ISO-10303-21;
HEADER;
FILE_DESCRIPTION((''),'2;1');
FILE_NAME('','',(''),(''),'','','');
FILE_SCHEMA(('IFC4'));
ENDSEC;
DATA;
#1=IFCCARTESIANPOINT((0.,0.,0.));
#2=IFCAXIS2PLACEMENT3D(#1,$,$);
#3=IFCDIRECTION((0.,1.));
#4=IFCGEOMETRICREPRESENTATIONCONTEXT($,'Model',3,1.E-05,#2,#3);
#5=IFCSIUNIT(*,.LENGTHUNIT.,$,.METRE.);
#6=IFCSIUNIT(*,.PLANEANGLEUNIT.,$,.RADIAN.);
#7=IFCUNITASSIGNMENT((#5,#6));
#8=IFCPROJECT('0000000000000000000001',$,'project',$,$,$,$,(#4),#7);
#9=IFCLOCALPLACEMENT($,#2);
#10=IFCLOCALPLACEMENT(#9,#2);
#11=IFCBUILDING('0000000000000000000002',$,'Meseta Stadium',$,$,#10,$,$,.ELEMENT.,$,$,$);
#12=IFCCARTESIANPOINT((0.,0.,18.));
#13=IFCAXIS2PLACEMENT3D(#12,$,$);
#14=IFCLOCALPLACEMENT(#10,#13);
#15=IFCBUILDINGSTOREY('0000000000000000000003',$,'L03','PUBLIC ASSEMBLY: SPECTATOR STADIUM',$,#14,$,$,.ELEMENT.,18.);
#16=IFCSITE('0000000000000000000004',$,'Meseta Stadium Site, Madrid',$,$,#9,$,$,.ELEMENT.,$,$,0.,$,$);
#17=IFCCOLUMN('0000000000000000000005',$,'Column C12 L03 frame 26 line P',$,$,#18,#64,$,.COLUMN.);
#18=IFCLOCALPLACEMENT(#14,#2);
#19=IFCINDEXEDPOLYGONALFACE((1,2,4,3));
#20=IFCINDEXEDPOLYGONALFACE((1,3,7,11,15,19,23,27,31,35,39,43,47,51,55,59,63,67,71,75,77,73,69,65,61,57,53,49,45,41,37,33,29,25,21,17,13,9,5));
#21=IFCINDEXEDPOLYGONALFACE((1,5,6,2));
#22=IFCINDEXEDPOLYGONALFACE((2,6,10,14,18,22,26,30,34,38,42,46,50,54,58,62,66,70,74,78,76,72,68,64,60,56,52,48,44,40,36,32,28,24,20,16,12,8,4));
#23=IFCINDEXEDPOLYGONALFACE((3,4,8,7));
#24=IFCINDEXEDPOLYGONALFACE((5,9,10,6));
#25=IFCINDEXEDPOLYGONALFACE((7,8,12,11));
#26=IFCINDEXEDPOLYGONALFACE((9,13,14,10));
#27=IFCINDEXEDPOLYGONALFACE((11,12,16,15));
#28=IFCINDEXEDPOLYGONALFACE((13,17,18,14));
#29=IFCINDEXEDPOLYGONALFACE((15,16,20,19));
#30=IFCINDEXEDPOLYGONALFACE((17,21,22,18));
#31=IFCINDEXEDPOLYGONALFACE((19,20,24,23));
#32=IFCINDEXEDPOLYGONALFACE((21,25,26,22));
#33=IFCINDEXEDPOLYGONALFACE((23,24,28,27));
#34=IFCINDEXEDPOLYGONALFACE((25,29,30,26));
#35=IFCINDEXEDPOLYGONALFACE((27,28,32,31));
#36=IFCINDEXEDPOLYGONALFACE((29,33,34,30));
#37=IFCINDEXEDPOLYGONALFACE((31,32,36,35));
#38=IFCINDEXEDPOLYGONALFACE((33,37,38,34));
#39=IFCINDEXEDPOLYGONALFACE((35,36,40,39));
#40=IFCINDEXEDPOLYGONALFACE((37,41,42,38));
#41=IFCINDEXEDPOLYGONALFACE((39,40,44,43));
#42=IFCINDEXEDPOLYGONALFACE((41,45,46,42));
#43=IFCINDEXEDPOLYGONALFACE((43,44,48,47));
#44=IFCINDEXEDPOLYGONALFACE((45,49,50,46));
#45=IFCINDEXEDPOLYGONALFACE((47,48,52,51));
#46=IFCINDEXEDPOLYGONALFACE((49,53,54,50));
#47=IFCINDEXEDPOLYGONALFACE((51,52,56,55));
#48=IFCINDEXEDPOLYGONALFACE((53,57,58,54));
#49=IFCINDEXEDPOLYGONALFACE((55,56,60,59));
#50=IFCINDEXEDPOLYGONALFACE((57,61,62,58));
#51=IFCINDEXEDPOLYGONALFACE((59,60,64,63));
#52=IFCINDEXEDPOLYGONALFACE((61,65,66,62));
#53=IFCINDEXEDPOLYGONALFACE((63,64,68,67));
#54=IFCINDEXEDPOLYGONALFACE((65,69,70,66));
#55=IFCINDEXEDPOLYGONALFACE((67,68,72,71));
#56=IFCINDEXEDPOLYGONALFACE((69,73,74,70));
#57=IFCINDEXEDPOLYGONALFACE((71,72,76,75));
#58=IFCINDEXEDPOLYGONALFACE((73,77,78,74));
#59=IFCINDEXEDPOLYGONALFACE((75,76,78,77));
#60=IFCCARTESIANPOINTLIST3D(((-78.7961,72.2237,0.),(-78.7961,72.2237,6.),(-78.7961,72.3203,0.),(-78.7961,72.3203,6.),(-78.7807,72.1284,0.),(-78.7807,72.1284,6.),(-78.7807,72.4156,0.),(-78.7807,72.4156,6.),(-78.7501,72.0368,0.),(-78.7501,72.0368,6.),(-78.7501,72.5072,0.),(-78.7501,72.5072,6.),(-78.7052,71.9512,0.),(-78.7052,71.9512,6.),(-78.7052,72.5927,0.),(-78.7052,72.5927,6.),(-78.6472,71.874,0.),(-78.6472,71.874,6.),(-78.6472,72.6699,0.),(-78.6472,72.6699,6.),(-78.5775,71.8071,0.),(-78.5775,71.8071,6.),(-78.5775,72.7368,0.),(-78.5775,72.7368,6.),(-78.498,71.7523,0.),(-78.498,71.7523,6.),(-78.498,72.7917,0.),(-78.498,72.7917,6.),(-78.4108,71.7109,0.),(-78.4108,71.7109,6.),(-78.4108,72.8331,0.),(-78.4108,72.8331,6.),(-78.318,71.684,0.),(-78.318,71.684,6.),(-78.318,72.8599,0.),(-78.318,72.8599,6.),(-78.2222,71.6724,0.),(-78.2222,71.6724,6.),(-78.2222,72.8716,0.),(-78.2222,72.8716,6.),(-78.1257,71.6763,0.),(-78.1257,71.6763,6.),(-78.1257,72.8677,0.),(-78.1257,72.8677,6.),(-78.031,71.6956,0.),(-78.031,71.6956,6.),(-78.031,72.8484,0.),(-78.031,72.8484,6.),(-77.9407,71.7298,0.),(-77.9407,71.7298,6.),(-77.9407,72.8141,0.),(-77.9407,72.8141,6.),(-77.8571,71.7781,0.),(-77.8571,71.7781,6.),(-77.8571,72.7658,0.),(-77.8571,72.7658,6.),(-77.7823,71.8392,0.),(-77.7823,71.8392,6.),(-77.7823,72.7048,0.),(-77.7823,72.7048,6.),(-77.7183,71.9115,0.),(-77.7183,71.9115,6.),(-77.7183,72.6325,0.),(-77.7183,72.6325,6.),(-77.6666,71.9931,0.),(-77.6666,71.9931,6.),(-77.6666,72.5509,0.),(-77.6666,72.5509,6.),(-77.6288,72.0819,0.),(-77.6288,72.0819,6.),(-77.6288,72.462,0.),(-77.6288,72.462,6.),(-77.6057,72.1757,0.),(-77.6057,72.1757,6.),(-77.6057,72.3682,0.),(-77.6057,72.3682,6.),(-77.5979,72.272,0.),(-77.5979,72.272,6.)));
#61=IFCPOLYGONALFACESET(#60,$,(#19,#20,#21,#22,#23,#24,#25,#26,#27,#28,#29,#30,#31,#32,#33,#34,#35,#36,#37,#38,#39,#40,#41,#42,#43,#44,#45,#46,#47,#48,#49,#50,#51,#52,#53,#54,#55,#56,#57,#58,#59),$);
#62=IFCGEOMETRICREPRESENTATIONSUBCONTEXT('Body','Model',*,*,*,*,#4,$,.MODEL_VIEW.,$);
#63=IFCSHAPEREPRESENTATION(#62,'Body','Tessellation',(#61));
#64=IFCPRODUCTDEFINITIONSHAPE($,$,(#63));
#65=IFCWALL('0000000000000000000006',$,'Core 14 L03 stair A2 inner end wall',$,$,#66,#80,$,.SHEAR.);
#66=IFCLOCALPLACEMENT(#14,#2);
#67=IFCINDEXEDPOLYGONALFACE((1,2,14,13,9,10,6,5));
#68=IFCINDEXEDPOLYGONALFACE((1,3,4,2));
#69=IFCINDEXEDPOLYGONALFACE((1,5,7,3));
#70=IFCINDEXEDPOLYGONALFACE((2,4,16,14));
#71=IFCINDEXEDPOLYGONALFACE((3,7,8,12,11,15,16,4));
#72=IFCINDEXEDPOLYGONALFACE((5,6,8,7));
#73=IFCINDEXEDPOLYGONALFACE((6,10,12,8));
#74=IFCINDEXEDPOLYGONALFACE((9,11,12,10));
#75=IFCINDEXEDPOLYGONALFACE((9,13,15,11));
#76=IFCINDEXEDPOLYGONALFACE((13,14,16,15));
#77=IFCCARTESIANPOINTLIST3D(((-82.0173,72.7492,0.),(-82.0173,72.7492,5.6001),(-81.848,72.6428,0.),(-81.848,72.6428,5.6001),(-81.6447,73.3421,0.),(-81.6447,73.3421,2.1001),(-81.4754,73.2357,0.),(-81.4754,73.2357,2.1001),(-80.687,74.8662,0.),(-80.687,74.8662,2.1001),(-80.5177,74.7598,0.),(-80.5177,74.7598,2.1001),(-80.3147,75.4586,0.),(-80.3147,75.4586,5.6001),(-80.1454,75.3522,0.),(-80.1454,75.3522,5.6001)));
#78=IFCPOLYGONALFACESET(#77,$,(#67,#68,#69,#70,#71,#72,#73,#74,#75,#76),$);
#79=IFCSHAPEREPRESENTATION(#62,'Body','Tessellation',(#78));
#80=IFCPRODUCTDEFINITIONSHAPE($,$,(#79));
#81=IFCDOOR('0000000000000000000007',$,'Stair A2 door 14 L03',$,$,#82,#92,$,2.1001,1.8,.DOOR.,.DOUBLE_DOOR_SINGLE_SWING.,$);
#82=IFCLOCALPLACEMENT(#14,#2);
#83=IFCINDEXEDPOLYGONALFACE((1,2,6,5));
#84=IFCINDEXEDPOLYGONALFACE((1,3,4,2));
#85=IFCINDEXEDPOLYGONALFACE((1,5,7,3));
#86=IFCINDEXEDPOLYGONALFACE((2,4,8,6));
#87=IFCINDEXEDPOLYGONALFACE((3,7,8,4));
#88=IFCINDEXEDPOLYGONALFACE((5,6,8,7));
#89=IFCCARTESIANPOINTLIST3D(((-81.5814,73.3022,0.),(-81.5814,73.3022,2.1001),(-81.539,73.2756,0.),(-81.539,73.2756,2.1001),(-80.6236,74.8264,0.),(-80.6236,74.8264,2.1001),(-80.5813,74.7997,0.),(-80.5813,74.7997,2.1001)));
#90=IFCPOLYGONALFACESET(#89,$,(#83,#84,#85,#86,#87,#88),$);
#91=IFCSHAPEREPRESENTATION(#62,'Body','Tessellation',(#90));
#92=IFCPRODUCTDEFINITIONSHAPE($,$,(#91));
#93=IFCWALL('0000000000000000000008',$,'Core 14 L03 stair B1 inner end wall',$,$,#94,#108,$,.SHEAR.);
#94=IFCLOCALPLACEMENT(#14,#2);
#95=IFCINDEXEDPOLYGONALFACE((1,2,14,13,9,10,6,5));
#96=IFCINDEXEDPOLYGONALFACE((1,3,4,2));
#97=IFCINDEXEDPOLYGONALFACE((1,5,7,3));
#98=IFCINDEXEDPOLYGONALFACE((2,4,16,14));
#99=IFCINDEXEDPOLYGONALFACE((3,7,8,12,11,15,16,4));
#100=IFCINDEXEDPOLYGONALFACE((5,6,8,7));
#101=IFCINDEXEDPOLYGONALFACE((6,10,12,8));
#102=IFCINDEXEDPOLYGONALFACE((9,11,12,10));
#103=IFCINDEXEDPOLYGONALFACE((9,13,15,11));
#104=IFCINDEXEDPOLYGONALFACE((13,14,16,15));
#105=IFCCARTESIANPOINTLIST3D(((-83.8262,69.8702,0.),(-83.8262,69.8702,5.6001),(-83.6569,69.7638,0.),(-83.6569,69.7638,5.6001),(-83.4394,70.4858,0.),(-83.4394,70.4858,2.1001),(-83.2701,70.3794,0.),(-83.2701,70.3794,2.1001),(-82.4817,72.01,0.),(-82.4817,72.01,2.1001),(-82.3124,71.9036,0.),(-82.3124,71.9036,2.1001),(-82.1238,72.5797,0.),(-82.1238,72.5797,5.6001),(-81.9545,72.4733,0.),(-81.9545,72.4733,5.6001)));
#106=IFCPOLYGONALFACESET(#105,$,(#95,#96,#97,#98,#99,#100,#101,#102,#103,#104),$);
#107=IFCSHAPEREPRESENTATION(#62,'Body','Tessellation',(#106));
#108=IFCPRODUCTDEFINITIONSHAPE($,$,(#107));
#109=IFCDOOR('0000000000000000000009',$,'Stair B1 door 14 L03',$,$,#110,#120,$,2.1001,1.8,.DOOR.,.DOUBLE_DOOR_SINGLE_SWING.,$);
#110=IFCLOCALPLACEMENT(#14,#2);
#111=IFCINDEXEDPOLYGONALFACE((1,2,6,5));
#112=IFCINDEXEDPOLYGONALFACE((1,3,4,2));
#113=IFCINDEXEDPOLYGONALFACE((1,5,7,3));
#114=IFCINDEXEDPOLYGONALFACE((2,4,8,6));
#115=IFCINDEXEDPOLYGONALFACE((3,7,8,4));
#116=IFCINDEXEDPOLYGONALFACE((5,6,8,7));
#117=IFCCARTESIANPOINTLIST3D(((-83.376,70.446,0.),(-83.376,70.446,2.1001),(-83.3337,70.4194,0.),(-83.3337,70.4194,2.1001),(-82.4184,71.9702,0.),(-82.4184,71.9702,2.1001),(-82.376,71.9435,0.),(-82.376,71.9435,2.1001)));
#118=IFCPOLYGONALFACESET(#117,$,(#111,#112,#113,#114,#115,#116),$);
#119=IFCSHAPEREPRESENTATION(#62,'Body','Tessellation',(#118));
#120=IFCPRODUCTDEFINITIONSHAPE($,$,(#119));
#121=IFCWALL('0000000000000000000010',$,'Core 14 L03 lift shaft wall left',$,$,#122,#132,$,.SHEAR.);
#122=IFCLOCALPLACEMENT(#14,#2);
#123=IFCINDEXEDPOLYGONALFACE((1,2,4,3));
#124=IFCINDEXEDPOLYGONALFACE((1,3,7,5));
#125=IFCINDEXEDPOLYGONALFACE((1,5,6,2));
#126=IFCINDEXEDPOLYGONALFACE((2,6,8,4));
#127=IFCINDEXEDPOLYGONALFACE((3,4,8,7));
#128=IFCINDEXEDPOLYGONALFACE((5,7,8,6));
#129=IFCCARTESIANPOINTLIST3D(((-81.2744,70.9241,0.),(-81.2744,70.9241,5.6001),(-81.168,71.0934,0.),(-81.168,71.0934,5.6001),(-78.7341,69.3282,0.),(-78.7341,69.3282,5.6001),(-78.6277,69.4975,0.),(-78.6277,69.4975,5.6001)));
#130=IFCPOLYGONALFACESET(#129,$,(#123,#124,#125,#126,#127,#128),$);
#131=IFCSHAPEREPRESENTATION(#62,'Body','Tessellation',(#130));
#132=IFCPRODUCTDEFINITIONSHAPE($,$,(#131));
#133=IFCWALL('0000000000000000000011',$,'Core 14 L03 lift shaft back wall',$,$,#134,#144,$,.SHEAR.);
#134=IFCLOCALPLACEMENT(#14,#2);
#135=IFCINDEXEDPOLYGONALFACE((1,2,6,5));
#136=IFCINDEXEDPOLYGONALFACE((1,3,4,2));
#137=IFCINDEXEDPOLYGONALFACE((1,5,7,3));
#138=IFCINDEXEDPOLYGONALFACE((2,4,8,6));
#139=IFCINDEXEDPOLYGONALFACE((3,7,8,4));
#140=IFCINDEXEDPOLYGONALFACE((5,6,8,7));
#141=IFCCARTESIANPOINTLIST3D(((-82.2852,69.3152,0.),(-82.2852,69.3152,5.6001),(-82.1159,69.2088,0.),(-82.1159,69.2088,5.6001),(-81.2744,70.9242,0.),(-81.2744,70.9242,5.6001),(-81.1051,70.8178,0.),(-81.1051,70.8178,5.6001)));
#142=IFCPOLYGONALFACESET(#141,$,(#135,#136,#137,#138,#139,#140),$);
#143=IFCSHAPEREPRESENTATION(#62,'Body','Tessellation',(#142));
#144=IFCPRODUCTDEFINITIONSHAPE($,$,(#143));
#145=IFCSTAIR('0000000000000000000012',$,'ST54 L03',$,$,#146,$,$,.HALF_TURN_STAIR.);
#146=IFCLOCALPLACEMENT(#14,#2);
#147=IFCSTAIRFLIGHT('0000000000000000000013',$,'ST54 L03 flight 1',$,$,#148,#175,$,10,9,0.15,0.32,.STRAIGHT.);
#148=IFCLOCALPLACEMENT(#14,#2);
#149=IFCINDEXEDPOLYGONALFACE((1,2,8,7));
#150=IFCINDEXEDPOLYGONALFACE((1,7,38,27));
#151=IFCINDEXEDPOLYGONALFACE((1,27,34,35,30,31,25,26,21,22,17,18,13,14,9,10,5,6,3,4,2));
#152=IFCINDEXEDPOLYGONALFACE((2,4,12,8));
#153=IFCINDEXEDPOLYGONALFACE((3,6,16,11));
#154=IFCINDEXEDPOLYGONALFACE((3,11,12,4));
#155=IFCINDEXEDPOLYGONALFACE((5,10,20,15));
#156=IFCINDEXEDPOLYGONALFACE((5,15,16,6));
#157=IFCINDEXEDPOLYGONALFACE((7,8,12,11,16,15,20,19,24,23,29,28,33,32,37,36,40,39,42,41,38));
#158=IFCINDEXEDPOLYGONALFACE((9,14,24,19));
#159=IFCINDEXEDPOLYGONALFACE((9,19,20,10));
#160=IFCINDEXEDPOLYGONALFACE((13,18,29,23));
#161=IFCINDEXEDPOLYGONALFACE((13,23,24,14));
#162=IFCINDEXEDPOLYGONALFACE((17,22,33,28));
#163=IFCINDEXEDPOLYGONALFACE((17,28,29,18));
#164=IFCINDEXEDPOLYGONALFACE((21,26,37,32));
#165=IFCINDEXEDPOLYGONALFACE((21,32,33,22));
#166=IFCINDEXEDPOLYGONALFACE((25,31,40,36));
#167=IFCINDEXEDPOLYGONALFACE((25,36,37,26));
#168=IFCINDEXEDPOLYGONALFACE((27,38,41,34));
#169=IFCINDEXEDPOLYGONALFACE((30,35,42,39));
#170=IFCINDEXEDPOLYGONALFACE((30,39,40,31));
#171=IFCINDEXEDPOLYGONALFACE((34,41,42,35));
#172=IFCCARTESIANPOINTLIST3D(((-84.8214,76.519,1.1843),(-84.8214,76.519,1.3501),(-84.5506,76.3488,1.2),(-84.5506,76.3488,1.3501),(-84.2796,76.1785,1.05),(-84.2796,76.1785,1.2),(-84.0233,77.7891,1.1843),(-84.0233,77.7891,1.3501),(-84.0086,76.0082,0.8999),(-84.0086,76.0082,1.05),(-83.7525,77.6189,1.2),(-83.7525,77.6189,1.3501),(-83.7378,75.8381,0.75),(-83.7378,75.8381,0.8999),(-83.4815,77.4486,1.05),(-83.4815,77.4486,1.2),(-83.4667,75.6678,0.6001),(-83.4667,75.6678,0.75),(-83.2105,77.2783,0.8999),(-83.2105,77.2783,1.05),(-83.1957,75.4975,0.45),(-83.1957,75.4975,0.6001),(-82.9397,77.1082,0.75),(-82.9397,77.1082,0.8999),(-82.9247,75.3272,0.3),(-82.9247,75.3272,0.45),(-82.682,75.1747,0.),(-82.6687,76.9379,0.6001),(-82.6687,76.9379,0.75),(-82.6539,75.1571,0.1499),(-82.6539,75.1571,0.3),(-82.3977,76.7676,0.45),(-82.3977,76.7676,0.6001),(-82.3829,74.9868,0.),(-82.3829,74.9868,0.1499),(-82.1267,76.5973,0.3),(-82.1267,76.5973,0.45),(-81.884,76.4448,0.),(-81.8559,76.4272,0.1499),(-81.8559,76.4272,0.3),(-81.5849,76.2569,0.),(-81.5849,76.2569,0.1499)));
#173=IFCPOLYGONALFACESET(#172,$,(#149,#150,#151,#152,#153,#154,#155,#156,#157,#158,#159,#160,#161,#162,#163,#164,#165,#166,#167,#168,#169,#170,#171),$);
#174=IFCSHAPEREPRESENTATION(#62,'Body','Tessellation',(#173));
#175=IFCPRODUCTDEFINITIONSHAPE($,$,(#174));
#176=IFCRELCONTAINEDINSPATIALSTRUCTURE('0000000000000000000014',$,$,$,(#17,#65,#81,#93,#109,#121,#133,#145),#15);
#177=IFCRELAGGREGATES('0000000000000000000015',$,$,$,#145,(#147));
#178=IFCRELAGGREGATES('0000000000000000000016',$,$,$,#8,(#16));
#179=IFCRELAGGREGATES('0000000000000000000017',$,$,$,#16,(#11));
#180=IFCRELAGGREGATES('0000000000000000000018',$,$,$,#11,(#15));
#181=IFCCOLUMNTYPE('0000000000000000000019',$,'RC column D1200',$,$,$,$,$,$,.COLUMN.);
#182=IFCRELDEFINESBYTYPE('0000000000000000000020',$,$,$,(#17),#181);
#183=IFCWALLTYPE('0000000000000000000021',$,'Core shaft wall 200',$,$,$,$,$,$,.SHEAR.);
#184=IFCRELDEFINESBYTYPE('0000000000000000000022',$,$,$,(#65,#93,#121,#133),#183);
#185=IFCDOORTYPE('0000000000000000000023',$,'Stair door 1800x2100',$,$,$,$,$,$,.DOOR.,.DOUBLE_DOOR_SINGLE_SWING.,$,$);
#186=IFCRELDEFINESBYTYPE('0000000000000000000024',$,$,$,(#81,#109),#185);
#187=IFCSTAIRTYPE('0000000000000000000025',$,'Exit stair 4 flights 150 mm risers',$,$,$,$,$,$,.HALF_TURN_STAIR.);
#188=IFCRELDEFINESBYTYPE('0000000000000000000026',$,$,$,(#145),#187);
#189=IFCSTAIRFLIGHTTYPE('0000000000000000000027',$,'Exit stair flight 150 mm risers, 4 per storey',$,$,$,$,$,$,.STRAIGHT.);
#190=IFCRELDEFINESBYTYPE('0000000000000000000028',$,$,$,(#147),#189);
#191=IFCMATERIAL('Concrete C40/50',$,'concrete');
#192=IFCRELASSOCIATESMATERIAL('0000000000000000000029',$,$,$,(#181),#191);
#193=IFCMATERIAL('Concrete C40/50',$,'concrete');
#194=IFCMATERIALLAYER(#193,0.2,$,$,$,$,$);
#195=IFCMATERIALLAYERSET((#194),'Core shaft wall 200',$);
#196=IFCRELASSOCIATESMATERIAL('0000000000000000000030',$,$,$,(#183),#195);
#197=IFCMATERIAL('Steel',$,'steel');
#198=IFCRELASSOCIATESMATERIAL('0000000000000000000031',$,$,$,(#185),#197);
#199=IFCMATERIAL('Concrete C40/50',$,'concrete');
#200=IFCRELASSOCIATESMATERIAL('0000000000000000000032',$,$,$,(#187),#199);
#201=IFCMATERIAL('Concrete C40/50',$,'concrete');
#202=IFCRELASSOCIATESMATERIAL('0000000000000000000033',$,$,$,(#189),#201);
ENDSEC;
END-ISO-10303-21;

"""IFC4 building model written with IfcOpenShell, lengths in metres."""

from ifc_helpers import new_model, si_unit, direction, frame, frame_2d, origin, origin_2d, place, context, subcontext, project, spatial, polyline, rectangle, circle, outline, extrude, material, layer, layer_set, material_profile, profile_set, type_object, element, fill, aggregate, save


model = new_model("IFC4")

# Units and contexts
model_context = context("Model", 3, precision=1e-05, world=origin(), true_north=direction((0.0, 1.0)))
body_context = subcontext(model_context, "Body", "Model", "MODEL_VIEW")
ifc_project = project(units=[si_unit("LENGTHUNIT", "METRE"), si_unit("PLANEANGLEUNIT", "RADIAN")], contexts=[model_context])

# Site, building, storey
site_placement = place(None, origin())
site = spatial("IfcSite", under=ifc_project, at=site_placement, Name="Meseta Stadium Site, Madrid", CompositionType="ELEMENT", RefElevation=0.0)
building_placement = place(site_placement, origin())
building = spatial("IfcBuilding", under=site, at=building_placement, Name="Meseta Stadium", CompositionType="ELEMENT")
storey_placement = place(building_placement, frame((0.0, 0.0, 18.0)))
storey = spatial("IfcBuildingStorey", under=building, at=storey_placement, Name="L03", Description="PUBLIC ASSEMBLY: SPECTATOR STADIUM", CompositionType="ELEMENT", Elevation=18.0)

# Column
ifc_material_1 = material(Name="Concrete C40/50", Category="concrete")
ifc_material_profile = material_profile(ifc_material_1, circle(Radius=0.6001, at=origin_2d()), Name="RC D1200")
ifc_profile_set = profile_set([ifc_material_profile], Name="Concrete C40/50")
column_type = type_object("IfcColumnType", Name="RC column D1200", PredefinedType="COLUMN", material=ifc_profile_set)
column_placement = place(storey_placement, frame((-78.198, 72.272, 0.0), z_axis=(0.0, 0.0, 1.0), x_axis=(1.0, 0.0, 0.0)))
element("IfcColumn", 1, at=column_placement, inside=storey, type_object=column_type, Name="Column C12 L03 frame 26 line P", PredefinedType="COLUMN", context=body_context, shape_type="SweptSolid", body=[
    extrude(circle(Radius=0.6001, at=origin_2d()), origin(), (0.0, 0.0, 1.0), 6.0),
])

# Walls, openings, doors
ifc_material_2 = material(Name="Concrete C40/50", Category="concrete")
ifc_layer = layer(ifc_material_2, 0.2)
ifc_layer_set = layer_set([ifc_layer], Name="Core shaft wall 200")
wall_type = type_object("IfcWallType", Name="Core shaft wall 200", PredefinedType="SHEAR", material=ifc_layer_set)
wall_1_placement = place(storey_placement, frame((-80.23, 75.4055, 0.0), z_axis=(0.0, 0.0, 1.0), x_axis=(-0.532068, -0.846701, 0.0)))
wall_1 = element("IfcWall", 2, at=wall_1_placement, inside=storey, type_object=wall_type, Name="Core 14 L03 stair A2 inner end wall", PredefinedType="SHEAR", context=body_context, shape_type="SweptSolid", body=[
    extrude(rectangle(XDim=3.2, YDim=0.2, at=frame_2d((1.6001, 0.0))), origin(), (0.0, 0.0, 1.0), 5.6001),
])
opening_1_placement = place(wall_1_placement, frame((0.7, 0.0, 0.0)))
opening_1 = element("IfcOpeningElement", 3, at=opening_1_placement, cuts=wall_1, PredefinedType="OPENING", context=body_context, shape_type="SweptSolid", body=[
    extrude(rectangle(XDim=1.8, YDim=2.1001, at=frame_2d((0.8999, 1.05))), frame((0.0, 0.1099, 0.0), z_axis=(0.0, -1.0, 0.0), x_axis=(1.0, 0.0, 0.0)), (0.0, 0.0, 1.0), 0.22),
])
ifc_material_3 = material(Name="Steel", Category="steel")
door_type = type_object("IfcDoorType", Name="Stair door 1800x2100", OperationType="DOUBLE_DOOR_SINGLE_SWING", PredefinedType="DOOR", material=ifc_material_3)
door_1_placement = place(opening_1_placement, origin())
door_1 = element("IfcDoor", 4, at=door_1_placement, inside=storey, type_object=door_type, Name="Stair A2 door 14 L03", OperationType="DOUBLE_DOOR_SINGLE_SWING", OverallHeight=2.1001, OverallWidth=1.8, PredefinedType="DOOR", context=body_context, shape_type="SweptSolid", body=[
    extrude(rectangle(XDim=1.8, YDim=2.1001, at=frame_2d((0.8999, 1.05))), frame((0.0, 0.0249, 0.0), z_axis=(0.0, -1.0, 0.0), x_axis=(1.0, 0.0, 0.0)), (0.0, 0.0, 1.0), 0.05),
])
fill(opening_1, door_1)
wall_2_placement = place(storey_placement, frame((-82.0391, 72.5266, 0.0), z_axis=(0.0, 0.0, 1.0), x_axis=(-0.532014, -0.846736, 0.0)))
wall_2 = element("IfcWall", 5, at=wall_2_placement, inside=storey, type_object=wall_type, Name="Core 14 L03 stair B1 inner end wall", PredefinedType="SHEAR", context=body_context, shape_type="SweptSolid", body=[
    extrude(rectangle(XDim=3.2, YDim=0.2, at=frame_2d((1.6001, 0.0))), origin(), (0.0, 0.0, 1.0), 5.6001),
])
opening_2_placement = place(wall_2_placement, frame((0.6731, 0.0, 0.0)))
opening_2 = element("IfcOpeningElement", 6, at=opening_2_placement, cuts=wall_2, PredefinedType="OPENING", context=body_context, shape_type="SweptSolid", body=[
    extrude(rectangle(XDim=1.8, YDim=2.1001, at=frame_2d((0.8999, 1.05))), frame((0.0, 0.1099, 0.0), z_axis=(0.0, -1.0, 0.0), x_axis=(1.0, 0.0, 0.0)), (0.0, 0.0, 1.0), 0.22),
])
door_2_placement = place(opening_2_placement, origin())
door_2 = element("IfcDoor", 7, at=door_2_placement, inside=storey, type_object=door_type, Name="Stair B1 door 14 L03", OperationType="DOUBLE_DOOR_SINGLE_SWING", OverallHeight=2.1001, OverallWidth=1.8, PredefinedType="DOOR", context=body_context, shape_type="SweptSolid", body=[
    extrude(rectangle(XDim=1.8, YDim=2.1001, at=frame_2d((0.8999, 1.05))), frame((0.0, 0.0249, 0.0), z_axis=(0.0, -1.0, 0.0), x_axis=(1.0, 0.0, 0.0)), (0.0, 0.0, 1.0), 0.05),
])
fill(opening_2, door_2)

# Walls
wall_3_placement = place(storey_placement, frame((-81.2212, 71.0088, 0.0), z_axis=(0.0, 0.0, 1.0), x_axis=(0.846757, -0.53198, 0.0)))
element("IfcWall", 8, at=wall_3_placement, inside=storey, type_object=wall_type, Name="Core 14 L03 lift shaft wall left", PredefinedType="SHEAR", context=body_context, shape_type="SweptSolid", body=[
    extrude(rectangle(XDim=3.0, YDim=0.2, at=frame_2d((1.5, 0.0))), origin(), (0.0, 0.0, 1.0), 5.6001),
])
wall_4_placement = place(storey_placement, frame((-81.1897, 70.8711, 0.0), z_axis=(0.0, 0.0, 1.0), x_axis=(-0.531961, -0.846769, 0.0)))
element("IfcWall", 9, at=wall_4_placement, inside=storey, type_object=wall_type, Name="Core 14 L03 lift shaft back wall", PredefinedType="SHEAR", context=body_context, shape_type="SweptSolid", body=[
    extrude(rectangle(XDim=1.9001, YDim=0.2, at=frame_2d((0.9502, 0.0))), origin(), (0.0, 0.0, 1.0), 5.6001),
])

# Stair, stair flight
ifc_material_4 = material(Name="Concrete C40/50", Category="concrete")
stair_type = type_object("IfcStairType", Name="Exit stair 4 flights 150 mm risers", PredefinedType="HALF_TURN_STAIR", material=ifc_material_4)
stair_1_placement = place(storey_placement, origin())
stair_1 = element("IfcStair", 10, at=stair_1_placement, inside=storey, type_object=stair_type, Name="ST54 L03", PredefinedType="HALF_TURN_STAIR")
ifc_material_5 = material(Name="Concrete C40/50", Category="concrete")
stair_flight_type = type_object("IfcStairFlightType", Name="Exit stair flight 150 mm risers, 4 per storey", PredefinedType="STRAIGHT", material=ifc_material_5)
stair_flight_1_placement = place(storey_placement, frame((-81.9839, 75.6218, 0.0), z_axis=(0.0, 0.0, 1.0), x_axis=(-0.846724, 0.532032, 0.0)))
stair_flight_1 = element("IfcStairFlight", 11, at=stair_flight_1_placement, type_object=stair_flight_type, Name="ST54 L03 flight 1", NumberOfRisers=10, NumberOfTreads=9, PredefinedType="STRAIGHT", RiserHeight=0.15, TreadLength=0.32, context=body_context, shape_type="SweptSolid", body=[
    extrude(outline(polyline([(0.0, 0.0), (0.0, 0.1499), (0.3201, 0.1499), (0.3201, 0.3), (0.6399, 0.3), (0.6399, 0.45), (0.96, 0.45), (0.96, 0.6001), (1.28, 0.6001), (1.28, 0.75), (1.6001, 0.75), (1.6001, 0.8999), (1.9199, 0.8999), (1.9199, 1.05), (2.24, 1.05), (2.24, 1.2), (2.5601, 1.2), (2.5601, 1.3501), (2.8799, 1.3501), (2.8799, 1.1843), (0.3533, 0.0), (0.0, 0.0)])), frame((0.0, 0.75, 0.0), z_axis=(0.0, -1.0, 0.0), x_axis=(1.0, 0.0, 0.0)), (0.0, 0.0, 1.0), 1.5),
])
aggregate(stair_1, [stair_flight_1])

save(model, "model.ifc")
